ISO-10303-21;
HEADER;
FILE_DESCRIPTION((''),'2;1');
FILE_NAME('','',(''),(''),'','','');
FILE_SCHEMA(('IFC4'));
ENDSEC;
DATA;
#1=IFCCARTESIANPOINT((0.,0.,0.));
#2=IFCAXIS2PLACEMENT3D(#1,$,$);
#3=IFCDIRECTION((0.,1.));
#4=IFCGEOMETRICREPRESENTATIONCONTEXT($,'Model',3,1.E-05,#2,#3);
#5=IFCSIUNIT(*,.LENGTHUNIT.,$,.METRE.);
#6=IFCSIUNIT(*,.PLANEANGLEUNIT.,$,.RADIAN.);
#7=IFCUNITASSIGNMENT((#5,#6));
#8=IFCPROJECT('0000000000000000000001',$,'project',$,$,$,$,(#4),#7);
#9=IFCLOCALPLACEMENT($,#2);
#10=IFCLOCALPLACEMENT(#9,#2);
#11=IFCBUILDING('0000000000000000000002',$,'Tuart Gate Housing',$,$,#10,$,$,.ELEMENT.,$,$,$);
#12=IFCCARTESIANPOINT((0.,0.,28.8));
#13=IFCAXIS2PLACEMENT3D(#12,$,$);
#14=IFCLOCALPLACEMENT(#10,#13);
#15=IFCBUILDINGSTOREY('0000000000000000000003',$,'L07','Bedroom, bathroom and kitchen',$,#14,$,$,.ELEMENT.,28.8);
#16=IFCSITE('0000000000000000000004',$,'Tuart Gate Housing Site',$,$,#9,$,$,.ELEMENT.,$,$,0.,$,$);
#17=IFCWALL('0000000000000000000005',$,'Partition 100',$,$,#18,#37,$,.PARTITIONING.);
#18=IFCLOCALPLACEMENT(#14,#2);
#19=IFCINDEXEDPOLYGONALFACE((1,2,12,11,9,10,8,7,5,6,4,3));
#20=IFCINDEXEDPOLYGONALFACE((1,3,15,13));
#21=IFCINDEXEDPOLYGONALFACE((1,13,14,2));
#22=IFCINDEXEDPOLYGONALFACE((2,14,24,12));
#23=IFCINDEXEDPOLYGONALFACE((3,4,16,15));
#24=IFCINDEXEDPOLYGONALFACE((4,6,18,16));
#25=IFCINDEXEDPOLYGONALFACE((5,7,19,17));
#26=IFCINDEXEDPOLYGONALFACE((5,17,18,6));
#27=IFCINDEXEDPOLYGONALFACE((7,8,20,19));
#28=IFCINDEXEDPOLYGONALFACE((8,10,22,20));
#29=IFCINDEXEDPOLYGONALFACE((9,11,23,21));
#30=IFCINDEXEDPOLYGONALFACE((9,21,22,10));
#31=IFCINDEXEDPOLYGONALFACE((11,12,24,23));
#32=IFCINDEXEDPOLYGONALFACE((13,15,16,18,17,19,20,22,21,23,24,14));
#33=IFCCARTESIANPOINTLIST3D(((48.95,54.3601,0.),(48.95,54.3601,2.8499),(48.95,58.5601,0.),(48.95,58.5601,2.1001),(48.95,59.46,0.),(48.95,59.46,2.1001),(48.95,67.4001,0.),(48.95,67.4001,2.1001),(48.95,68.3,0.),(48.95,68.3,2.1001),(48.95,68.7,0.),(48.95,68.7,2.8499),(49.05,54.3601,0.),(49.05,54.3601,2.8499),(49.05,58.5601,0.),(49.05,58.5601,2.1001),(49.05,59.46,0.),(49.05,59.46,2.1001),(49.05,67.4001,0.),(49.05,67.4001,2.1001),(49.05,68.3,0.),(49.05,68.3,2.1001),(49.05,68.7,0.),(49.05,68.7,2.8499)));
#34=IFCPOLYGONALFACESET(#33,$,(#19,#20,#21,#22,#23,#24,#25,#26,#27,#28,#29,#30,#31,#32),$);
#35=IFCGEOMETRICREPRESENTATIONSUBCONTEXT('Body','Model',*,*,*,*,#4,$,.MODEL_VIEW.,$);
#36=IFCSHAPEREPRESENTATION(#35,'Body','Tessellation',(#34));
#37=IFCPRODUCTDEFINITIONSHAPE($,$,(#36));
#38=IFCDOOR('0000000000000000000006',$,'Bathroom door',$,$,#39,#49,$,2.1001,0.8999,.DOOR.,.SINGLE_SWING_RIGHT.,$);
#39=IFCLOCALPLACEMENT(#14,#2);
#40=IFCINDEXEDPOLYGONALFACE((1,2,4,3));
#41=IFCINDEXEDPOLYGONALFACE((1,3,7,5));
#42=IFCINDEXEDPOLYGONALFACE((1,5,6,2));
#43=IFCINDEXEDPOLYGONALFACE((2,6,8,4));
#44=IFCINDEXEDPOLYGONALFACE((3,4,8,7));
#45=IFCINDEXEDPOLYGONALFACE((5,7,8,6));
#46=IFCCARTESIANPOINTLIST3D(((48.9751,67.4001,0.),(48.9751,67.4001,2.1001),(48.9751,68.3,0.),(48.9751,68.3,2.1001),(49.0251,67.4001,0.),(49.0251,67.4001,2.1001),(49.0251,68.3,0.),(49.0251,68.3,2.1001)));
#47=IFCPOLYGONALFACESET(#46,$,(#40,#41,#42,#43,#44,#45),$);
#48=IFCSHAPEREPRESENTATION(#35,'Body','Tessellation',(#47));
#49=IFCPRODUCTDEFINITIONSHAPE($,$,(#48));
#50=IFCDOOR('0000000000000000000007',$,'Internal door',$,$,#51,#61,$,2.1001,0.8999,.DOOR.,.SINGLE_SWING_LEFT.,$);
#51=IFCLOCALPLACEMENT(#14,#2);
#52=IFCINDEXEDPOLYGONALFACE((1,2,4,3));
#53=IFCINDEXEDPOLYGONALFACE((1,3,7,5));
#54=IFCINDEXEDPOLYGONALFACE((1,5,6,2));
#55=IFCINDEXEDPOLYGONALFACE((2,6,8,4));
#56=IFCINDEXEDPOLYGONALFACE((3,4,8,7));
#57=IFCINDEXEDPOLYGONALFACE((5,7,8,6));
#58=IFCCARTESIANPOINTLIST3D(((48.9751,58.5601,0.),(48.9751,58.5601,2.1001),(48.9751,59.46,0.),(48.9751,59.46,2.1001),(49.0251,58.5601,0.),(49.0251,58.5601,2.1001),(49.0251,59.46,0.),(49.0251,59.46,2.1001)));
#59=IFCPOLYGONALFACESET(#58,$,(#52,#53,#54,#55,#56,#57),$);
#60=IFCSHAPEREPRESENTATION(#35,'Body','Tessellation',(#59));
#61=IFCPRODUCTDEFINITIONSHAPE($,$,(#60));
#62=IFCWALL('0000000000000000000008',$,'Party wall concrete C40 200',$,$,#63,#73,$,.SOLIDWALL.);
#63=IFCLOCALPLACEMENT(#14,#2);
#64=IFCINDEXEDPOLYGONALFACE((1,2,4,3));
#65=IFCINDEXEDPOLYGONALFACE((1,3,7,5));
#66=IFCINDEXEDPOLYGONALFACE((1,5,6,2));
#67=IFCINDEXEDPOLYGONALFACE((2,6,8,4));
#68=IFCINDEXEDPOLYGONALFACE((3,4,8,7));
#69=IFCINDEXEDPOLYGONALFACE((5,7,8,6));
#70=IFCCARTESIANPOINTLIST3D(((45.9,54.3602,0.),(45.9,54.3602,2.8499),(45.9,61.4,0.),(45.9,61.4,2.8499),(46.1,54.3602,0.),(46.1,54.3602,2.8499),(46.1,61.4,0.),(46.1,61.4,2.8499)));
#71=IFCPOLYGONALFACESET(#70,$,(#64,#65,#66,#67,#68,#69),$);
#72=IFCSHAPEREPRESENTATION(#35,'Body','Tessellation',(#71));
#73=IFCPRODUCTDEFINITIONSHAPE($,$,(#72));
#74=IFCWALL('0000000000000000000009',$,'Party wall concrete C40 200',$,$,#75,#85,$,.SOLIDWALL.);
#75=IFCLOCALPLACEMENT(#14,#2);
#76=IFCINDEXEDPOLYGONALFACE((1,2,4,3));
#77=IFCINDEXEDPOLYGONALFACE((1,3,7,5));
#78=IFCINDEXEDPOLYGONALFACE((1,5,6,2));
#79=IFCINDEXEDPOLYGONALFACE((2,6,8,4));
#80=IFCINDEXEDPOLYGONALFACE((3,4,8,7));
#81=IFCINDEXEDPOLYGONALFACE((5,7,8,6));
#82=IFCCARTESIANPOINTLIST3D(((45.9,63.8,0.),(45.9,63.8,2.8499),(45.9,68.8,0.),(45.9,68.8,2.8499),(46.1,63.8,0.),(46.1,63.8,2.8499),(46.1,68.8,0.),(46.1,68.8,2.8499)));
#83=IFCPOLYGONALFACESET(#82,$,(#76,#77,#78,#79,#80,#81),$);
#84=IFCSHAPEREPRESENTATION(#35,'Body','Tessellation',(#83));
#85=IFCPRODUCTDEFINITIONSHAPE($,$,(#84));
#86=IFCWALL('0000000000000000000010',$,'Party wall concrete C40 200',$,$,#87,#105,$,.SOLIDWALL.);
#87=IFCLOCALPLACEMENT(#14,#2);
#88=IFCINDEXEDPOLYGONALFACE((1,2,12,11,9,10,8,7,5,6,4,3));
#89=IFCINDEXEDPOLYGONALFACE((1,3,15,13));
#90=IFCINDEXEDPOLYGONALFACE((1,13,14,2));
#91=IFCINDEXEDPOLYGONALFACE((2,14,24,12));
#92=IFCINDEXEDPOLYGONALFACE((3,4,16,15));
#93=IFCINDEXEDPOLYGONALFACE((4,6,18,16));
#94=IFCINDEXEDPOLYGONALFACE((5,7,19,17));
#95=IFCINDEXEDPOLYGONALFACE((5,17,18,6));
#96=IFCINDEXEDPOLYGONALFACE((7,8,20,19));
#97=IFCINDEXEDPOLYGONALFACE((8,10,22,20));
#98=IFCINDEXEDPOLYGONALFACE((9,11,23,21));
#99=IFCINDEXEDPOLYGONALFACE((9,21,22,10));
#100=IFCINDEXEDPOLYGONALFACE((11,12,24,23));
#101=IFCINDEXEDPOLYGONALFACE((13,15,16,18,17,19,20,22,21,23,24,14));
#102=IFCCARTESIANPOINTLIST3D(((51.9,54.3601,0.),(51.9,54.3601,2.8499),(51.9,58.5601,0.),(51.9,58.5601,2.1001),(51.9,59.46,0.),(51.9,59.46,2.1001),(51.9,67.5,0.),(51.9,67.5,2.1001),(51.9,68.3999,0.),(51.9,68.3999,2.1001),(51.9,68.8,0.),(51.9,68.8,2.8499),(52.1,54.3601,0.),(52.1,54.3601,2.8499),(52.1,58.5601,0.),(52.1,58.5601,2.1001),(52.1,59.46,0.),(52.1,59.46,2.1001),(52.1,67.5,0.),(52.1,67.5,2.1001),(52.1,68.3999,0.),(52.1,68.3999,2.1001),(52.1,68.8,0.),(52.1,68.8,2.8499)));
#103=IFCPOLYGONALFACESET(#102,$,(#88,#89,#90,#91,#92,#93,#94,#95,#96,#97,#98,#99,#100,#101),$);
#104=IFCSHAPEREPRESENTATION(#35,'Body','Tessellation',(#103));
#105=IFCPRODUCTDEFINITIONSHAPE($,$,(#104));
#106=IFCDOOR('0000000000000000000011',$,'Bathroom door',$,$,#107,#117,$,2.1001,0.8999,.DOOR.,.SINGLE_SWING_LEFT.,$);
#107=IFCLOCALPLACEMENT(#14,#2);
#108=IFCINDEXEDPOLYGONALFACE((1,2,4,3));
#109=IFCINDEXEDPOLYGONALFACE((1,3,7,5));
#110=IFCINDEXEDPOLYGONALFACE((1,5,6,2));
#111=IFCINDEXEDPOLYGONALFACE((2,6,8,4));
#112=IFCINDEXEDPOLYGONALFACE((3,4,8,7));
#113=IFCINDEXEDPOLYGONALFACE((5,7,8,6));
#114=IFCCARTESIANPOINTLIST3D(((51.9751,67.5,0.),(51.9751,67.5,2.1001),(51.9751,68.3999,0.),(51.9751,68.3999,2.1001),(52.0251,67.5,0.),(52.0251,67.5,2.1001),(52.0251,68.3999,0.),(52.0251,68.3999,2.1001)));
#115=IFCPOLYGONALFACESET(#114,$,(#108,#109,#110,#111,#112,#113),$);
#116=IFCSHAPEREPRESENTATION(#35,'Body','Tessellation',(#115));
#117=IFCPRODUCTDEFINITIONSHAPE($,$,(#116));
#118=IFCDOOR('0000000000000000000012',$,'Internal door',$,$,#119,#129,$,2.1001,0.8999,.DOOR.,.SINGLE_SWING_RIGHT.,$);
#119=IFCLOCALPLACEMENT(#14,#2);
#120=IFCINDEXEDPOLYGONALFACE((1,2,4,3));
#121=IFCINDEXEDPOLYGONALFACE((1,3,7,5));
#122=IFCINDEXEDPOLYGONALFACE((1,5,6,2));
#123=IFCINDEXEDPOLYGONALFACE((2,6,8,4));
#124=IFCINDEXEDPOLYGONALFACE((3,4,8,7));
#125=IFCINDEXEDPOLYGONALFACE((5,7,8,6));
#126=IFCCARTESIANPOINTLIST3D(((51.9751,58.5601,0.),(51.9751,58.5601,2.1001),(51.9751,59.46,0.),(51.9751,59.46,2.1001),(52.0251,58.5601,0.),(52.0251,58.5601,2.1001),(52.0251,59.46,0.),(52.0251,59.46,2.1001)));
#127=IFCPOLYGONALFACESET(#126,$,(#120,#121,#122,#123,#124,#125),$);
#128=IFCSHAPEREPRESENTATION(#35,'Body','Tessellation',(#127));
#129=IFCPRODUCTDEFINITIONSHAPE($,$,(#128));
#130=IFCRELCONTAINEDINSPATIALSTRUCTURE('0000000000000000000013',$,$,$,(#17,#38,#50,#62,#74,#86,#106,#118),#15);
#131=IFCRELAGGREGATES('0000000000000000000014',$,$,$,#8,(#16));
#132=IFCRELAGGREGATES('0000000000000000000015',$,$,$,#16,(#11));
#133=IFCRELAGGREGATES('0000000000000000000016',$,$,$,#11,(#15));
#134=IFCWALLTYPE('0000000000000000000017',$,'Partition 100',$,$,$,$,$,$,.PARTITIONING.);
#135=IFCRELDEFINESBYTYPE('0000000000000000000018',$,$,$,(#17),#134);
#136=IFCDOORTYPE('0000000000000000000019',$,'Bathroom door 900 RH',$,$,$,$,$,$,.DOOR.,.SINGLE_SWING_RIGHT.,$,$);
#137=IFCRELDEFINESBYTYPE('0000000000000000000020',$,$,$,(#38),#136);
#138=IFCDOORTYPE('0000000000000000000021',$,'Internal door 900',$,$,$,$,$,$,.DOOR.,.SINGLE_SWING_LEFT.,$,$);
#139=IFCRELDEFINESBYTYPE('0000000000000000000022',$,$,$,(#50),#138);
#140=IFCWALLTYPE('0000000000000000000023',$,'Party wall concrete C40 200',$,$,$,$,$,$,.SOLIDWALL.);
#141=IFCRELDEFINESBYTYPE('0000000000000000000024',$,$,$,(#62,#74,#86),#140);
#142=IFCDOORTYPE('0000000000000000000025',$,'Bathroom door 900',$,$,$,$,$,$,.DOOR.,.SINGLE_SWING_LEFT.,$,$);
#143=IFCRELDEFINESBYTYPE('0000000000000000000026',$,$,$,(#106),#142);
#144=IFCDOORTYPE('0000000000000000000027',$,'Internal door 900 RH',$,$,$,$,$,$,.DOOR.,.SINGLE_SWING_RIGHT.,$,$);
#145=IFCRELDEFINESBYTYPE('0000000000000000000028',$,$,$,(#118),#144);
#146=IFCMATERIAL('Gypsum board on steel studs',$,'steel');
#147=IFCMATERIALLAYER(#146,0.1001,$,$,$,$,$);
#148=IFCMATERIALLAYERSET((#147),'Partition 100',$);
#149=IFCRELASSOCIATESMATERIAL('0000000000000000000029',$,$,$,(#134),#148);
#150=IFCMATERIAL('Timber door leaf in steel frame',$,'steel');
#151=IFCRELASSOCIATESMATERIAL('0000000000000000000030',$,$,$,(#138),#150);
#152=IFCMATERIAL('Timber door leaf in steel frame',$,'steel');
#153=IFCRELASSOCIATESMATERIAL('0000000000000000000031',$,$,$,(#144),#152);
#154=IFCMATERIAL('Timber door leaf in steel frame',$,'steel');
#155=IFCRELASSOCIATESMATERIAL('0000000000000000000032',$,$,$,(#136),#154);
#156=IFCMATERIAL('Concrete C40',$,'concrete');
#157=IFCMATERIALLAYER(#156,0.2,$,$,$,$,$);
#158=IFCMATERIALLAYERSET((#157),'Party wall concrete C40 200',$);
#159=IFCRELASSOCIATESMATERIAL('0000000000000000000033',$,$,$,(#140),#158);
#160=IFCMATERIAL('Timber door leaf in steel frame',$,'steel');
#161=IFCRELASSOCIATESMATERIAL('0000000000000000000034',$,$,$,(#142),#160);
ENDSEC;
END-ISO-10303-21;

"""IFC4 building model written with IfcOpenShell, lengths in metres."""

from ifc_helpers import new_model, si_unit, direction, frame, frame_2d, origin, place, context, subcontext, project, spatial, rectangle, extrude, material, layer, layer_set, type_object, element, fill, save


model = new_model("IFC4")

# Units and contexts
model_context = context("Model", 3, precision=1e-05, world=origin(), true_north=direction((0.0, 1.0)))
body_context = subcontext(model_context, "Body", "Model", "MODEL_VIEW")
ifc_project = project(units=[si_unit("LENGTHUNIT", "METRE"), si_unit("PLANEANGLEUNIT", "RADIAN")], contexts=[model_context])

# Site, building, storey
site_placement = place(None, origin())
site = spatial("IfcSite", under=ifc_project, at=site_placement, Name="Tuart Gate Housing Site", CompositionType="ELEMENT", RefElevation=0.0)
building_placement = place(site_placement, origin())
building = spatial("IfcBuilding", under=site, at=building_placement, Name="Tuart Gate Housing", CompositionType="ELEMENT")
storey_placement = place(building_placement, frame((0.0, 0.0, 28.8)))
storey = spatial("IfcBuildingStorey", under=building, at=storey_placement, Name="L07", Description="Bedroom, bathroom and kitchen", CompositionType="ELEMENT", Elevation=28.8)

# Shared definitions
ifc_material_1 = material(Name="Gypsum board on steel studs", Category="steel")
ifc_layer_1 = layer(ifc_material_1, 0.1001)
ifc_layer_set_1 = layer_set([ifc_layer_1], Name="Partition 100")
wall_type_1 = type_object("IfcWallType", Name="Partition 100", PredefinedType="PARTITIONING", material=ifc_layer_set_1)
ifc_material_2 = material(Name="Timber door leaf in steel frame", Category="steel")
door_type_1 = type_object("IfcDoorType", Name="Internal door 900", OperationType="SINGLE_SWING_LEFT", PredefinedType="DOOR", material=ifc_material_2)
ifc_material_3 = material(Name="Timber door leaf in steel frame", Category="steel")
door_type_2 = type_object("IfcDoorType", Name="Internal door 900 RH", OperationType="SINGLE_SWING_RIGHT", PredefinedType="DOOR", material=ifc_material_3)

# Wall, openings, doors
wall_1_placement = place(storey_placement, frame((49.0, 54.3601, 0.0), z_axis=(0.0, 0.0, 1.0), x_axis=(0.0, 1.0, 0.0)))
wall_1 = element("IfcWall", 1, at=wall_1_placement, inside=storey, type_object=wall_type_1, Name="Partition 100", PredefinedType="PARTITIONING", context=body_context, shape_type="SweptSolid", body=[
    extrude(rectangle(XDim=14.3398, YDim=0.1001, at=frame_2d((7.1699, 0.0))), origin(), (0.0, 0.0, 1.0), 2.8499),
])
opening_1_placement = place(wall_1_placement, frame((4.2, 0.0, 0.0)))
opening_1 = element("IfcOpeningElement", 2, at=opening_1_placement, cuts=wall_1, PredefinedType="OPENING", context=body_context, shape_type="SweptSolid", body=[
    extrude(rectangle(XDim=0.8999, YDim=2.1001, at=frame_2d((0.45, 1.05))), frame((0.0, 0.0601, 0.0), z_axis=(0.0, -1.0, 0.0), x_axis=(1.0, 0.0, 0.0)), (0.0, 0.0, 1.0), 0.1201),
])
opening_2_placement = place(wall_1_placement, frame((13.04, 0.0, 0.0)))
opening_2 = element("IfcOpeningElement", 3, at=opening_2_placement, cuts=wall_1, PredefinedType="OPENING", context=body_context, shape_type="SweptSolid", body=[
    extrude(rectangle(XDim=0.8999, YDim=2.1001, at=frame_2d((0.45, 1.05))), frame((0.0, 0.0601, 0.0), z_axis=(0.0, -1.0, 0.0), x_axis=(1.0, 0.0, 0.0)), (0.0, 0.0, 1.0), 0.1201),
])
ifc_material_4 = material(Name="Timber door leaf in steel frame", Category="steel")
door_type_3 = type_object("IfcDoorType", Name="Bathroom door 900 RH", OperationType="SINGLE_SWING_RIGHT", PredefinedType="DOOR", material=ifc_material_4)
door_1_placement = place(opening_2_placement, origin())
door_1 = element("IfcDoor", 4, at=door_1_placement, inside=storey, type_object=door_type_3, Name="Bathroom door", OperationType="SINGLE_SWING_RIGHT", OverallHeight=2.1001, OverallWidth=0.8999, PredefinedType="DOOR", context=body_context, shape_type="SweptSolid", body=[
    extrude(rectangle(XDim=0.8999, YDim=2.1001, at=frame_2d((0.45, 1.05))), frame((0.0, 0.0249, 0.0), z_axis=(0.0, -1.0, 0.0), x_axis=(1.0, 0.0, 0.0)), (0.0, 0.0, 1.0), 0.05),
])
fill(opening_2, door_1)
door_2_placement = place(opening_1_placement, origin())
door_2 = element("IfcDoor", 5, at=door_2_placement, inside=storey, type_object=door_type_1, Name="Internal door", OperationType="SINGLE_SWING_LEFT", OverallHeight=2.1001, OverallWidth=0.8999, PredefinedType="DOOR", context=body_context, shape_type="SweptSolid", body=[
    extrude(rectangle(XDim=0.8999, YDim=2.1001, at=frame_2d((0.45, 1.05))), frame((0.0, 0.0249, 0.0), z_axis=(0.0, -1.0, 0.0), x_axis=(1.0, 0.0, 0.0)), (0.0, 0.0, 1.0), 0.05),
])
fill(opening_1, door_2)

# Walls
ifc_material_5 = material(Name="Concrete C40", Category="concrete")
ifc_layer_2 = layer(ifc_material_5, 0.2)
ifc_layer_set_2 = layer_set([ifc_layer_2], Name="Party wall concrete C40 200")
wall_type_2 = type_object("IfcWallType", Name="Party wall concrete C40 200", PredefinedType="SOLIDWALL", material=ifc_layer_set_2)
wall_2_placement = place(storey_placement, frame((46.0, 54.3601, 0.0), z_axis=(0.0, 0.0, 1.0), x_axis=(0.0, 1.0, 0.0)))
element("IfcWall", 6, at=wall_2_placement, inside=storey, type_object=wall_type_2, Name="Party wall concrete C40 200", PredefinedType="SOLIDWALL", context=body_context, shape_type="SweptSolid", body=[
    extrude(rectangle(XDim=7.0398, YDim=0.2, at=frame_2d((3.52, 0.0))), origin(), (0.0, 0.0, 1.0), 2.8499),
])
wall_3_placement = place(storey_placement, frame((46.0, 63.8, 0.0), z_axis=(0.0, 0.0, 1.0), x_axis=(0.0, 1.0, 0.0)))
element("IfcWall", 7, at=wall_3_placement, inside=storey, type_object=wall_type_2, Name="Party wall concrete C40 200", PredefinedType="SOLIDWALL", context=body_context, shape_type="SweptSolid", body=[
    extrude(rectangle(XDim=5.0, YDim=0.2, at=frame_2d((2.5, 0.0))), origin(), (0.0, 0.0, 1.0), 2.8499),
])

# Wall, openings, doors
wall_4_placement = place(storey_placement, frame((52.0, 54.3601, 0.0), z_axis=(0.0, 0.0, 1.0), x_axis=(0.0, 1.0, 0.0)))
wall_4 = element("IfcWall", 8, at=wall_4_placement, inside=storey, type_object=wall_type_2, Name="Party wall concrete C40 200", PredefinedType="SOLIDWALL", context=body_context, shape_type="SweptSolid", body=[
    extrude(rectangle(XDim=14.4399, YDim=0.2, at=frame_2d((7.22, 0.0))), origin(), (0.0, 0.0, 1.0), 2.8499),
])
opening_3_placement = place(wall_4_placement, frame((4.2, 0.0, 0.0)))
opening_3 = element("IfcOpeningElement", 9, at=opening_3_placement, cuts=wall_4, PredefinedType="OPENING", context=body_context, shape_type="SweptSolid", body=[
    extrude(rectangle(XDim=0.8999, YDim=2.1001, at=frame_2d((0.45, 1.05))), frame((0.0, 0.1099, 0.0), z_axis=(0.0, -1.0, 0.0), x_axis=(1.0, 0.0, 0.0)), (0.0, 0.0, 1.0), 0.22),
])
opening_4_placement = place(wall_4_placement, frame((13.1399, 0.0, 0.0)))
opening_4 = element("IfcOpeningElement", 10, at=opening_4_placement, cuts=wall_4, PredefinedType="OPENING", context=body_context, shape_type="SweptSolid", body=[
    extrude(rectangle(XDim=0.8999, YDim=2.1001, at=frame_2d((0.45, 1.05))), frame((0.0, 0.1099, 0.0), z_axis=(0.0, -1.0, 0.0), x_axis=(1.0, 0.0, 0.0)), (0.0, 0.0, 1.0), 0.22),
])
ifc_material_6 = material(Name="Timber door leaf in steel frame", Category="steel")
door_type_4 = type_object("IfcDoorType", Name="Bathroom door 900", OperationType="SINGLE_SWING_LEFT", PredefinedType="DOOR", material=ifc_material_6)
door_3_placement = place(opening_4_placement, frame((0.8999, 0.0, 0.0), z_axis=(0.0, 0.0, 1.0), x_axis=(-1.0, 0.0, 0.0)))
door_3 = element("IfcDoor", 11, at=door_3_placement, inside=storey, type_object=door_type_4, Name="Bathroom door", OperationType="SINGLE_SWING_LEFT", OverallHeight=2.1001, OverallWidth=0.8999, PredefinedType="DOOR", context=body_context, shape_type="SweptSolid", body=[
    extrude(rectangle(XDim=0.8999, YDim=2.1001, at=frame_2d((0.45, 1.05))), frame((0.0, 0.0251, 0.0), z_axis=(0.0, -1.0, 0.0), x_axis=(1.0, 0.0, 0.0)), (0.0, 0.0, 1.0), 0.05),
])
fill(opening_4, door_3)
door_4_placement = place(opening_3_placement, frame((0.8999, 0.0, 0.0), z_axis=(0.0, 0.0, 1.0), x_axis=(-1.0, 0.0, 0.0)))
door_4 = element("IfcDoor", 12, at=door_4_placement, inside=storey, type_object=door_type_2, Name="Internal door", OperationType="SINGLE_SWING_RIGHT", OverallHeight=2.1001, OverallWidth=0.8999, PredefinedType="DOOR", context=body_context, shape_type="SweptSolid", body=[
    extrude(rectangle(XDim=0.8999, YDim=2.1001, at=frame_2d((0.45, 1.05))), frame((0.0, 0.0251, 0.0), z_axis=(0.0, -1.0, 0.0), x_axis=(1.0, 0.0, 0.0)), (0.0, 0.0, 1.0), 0.05),
])
fill(opening_3, door_4)

save(model, "model.ifc")
